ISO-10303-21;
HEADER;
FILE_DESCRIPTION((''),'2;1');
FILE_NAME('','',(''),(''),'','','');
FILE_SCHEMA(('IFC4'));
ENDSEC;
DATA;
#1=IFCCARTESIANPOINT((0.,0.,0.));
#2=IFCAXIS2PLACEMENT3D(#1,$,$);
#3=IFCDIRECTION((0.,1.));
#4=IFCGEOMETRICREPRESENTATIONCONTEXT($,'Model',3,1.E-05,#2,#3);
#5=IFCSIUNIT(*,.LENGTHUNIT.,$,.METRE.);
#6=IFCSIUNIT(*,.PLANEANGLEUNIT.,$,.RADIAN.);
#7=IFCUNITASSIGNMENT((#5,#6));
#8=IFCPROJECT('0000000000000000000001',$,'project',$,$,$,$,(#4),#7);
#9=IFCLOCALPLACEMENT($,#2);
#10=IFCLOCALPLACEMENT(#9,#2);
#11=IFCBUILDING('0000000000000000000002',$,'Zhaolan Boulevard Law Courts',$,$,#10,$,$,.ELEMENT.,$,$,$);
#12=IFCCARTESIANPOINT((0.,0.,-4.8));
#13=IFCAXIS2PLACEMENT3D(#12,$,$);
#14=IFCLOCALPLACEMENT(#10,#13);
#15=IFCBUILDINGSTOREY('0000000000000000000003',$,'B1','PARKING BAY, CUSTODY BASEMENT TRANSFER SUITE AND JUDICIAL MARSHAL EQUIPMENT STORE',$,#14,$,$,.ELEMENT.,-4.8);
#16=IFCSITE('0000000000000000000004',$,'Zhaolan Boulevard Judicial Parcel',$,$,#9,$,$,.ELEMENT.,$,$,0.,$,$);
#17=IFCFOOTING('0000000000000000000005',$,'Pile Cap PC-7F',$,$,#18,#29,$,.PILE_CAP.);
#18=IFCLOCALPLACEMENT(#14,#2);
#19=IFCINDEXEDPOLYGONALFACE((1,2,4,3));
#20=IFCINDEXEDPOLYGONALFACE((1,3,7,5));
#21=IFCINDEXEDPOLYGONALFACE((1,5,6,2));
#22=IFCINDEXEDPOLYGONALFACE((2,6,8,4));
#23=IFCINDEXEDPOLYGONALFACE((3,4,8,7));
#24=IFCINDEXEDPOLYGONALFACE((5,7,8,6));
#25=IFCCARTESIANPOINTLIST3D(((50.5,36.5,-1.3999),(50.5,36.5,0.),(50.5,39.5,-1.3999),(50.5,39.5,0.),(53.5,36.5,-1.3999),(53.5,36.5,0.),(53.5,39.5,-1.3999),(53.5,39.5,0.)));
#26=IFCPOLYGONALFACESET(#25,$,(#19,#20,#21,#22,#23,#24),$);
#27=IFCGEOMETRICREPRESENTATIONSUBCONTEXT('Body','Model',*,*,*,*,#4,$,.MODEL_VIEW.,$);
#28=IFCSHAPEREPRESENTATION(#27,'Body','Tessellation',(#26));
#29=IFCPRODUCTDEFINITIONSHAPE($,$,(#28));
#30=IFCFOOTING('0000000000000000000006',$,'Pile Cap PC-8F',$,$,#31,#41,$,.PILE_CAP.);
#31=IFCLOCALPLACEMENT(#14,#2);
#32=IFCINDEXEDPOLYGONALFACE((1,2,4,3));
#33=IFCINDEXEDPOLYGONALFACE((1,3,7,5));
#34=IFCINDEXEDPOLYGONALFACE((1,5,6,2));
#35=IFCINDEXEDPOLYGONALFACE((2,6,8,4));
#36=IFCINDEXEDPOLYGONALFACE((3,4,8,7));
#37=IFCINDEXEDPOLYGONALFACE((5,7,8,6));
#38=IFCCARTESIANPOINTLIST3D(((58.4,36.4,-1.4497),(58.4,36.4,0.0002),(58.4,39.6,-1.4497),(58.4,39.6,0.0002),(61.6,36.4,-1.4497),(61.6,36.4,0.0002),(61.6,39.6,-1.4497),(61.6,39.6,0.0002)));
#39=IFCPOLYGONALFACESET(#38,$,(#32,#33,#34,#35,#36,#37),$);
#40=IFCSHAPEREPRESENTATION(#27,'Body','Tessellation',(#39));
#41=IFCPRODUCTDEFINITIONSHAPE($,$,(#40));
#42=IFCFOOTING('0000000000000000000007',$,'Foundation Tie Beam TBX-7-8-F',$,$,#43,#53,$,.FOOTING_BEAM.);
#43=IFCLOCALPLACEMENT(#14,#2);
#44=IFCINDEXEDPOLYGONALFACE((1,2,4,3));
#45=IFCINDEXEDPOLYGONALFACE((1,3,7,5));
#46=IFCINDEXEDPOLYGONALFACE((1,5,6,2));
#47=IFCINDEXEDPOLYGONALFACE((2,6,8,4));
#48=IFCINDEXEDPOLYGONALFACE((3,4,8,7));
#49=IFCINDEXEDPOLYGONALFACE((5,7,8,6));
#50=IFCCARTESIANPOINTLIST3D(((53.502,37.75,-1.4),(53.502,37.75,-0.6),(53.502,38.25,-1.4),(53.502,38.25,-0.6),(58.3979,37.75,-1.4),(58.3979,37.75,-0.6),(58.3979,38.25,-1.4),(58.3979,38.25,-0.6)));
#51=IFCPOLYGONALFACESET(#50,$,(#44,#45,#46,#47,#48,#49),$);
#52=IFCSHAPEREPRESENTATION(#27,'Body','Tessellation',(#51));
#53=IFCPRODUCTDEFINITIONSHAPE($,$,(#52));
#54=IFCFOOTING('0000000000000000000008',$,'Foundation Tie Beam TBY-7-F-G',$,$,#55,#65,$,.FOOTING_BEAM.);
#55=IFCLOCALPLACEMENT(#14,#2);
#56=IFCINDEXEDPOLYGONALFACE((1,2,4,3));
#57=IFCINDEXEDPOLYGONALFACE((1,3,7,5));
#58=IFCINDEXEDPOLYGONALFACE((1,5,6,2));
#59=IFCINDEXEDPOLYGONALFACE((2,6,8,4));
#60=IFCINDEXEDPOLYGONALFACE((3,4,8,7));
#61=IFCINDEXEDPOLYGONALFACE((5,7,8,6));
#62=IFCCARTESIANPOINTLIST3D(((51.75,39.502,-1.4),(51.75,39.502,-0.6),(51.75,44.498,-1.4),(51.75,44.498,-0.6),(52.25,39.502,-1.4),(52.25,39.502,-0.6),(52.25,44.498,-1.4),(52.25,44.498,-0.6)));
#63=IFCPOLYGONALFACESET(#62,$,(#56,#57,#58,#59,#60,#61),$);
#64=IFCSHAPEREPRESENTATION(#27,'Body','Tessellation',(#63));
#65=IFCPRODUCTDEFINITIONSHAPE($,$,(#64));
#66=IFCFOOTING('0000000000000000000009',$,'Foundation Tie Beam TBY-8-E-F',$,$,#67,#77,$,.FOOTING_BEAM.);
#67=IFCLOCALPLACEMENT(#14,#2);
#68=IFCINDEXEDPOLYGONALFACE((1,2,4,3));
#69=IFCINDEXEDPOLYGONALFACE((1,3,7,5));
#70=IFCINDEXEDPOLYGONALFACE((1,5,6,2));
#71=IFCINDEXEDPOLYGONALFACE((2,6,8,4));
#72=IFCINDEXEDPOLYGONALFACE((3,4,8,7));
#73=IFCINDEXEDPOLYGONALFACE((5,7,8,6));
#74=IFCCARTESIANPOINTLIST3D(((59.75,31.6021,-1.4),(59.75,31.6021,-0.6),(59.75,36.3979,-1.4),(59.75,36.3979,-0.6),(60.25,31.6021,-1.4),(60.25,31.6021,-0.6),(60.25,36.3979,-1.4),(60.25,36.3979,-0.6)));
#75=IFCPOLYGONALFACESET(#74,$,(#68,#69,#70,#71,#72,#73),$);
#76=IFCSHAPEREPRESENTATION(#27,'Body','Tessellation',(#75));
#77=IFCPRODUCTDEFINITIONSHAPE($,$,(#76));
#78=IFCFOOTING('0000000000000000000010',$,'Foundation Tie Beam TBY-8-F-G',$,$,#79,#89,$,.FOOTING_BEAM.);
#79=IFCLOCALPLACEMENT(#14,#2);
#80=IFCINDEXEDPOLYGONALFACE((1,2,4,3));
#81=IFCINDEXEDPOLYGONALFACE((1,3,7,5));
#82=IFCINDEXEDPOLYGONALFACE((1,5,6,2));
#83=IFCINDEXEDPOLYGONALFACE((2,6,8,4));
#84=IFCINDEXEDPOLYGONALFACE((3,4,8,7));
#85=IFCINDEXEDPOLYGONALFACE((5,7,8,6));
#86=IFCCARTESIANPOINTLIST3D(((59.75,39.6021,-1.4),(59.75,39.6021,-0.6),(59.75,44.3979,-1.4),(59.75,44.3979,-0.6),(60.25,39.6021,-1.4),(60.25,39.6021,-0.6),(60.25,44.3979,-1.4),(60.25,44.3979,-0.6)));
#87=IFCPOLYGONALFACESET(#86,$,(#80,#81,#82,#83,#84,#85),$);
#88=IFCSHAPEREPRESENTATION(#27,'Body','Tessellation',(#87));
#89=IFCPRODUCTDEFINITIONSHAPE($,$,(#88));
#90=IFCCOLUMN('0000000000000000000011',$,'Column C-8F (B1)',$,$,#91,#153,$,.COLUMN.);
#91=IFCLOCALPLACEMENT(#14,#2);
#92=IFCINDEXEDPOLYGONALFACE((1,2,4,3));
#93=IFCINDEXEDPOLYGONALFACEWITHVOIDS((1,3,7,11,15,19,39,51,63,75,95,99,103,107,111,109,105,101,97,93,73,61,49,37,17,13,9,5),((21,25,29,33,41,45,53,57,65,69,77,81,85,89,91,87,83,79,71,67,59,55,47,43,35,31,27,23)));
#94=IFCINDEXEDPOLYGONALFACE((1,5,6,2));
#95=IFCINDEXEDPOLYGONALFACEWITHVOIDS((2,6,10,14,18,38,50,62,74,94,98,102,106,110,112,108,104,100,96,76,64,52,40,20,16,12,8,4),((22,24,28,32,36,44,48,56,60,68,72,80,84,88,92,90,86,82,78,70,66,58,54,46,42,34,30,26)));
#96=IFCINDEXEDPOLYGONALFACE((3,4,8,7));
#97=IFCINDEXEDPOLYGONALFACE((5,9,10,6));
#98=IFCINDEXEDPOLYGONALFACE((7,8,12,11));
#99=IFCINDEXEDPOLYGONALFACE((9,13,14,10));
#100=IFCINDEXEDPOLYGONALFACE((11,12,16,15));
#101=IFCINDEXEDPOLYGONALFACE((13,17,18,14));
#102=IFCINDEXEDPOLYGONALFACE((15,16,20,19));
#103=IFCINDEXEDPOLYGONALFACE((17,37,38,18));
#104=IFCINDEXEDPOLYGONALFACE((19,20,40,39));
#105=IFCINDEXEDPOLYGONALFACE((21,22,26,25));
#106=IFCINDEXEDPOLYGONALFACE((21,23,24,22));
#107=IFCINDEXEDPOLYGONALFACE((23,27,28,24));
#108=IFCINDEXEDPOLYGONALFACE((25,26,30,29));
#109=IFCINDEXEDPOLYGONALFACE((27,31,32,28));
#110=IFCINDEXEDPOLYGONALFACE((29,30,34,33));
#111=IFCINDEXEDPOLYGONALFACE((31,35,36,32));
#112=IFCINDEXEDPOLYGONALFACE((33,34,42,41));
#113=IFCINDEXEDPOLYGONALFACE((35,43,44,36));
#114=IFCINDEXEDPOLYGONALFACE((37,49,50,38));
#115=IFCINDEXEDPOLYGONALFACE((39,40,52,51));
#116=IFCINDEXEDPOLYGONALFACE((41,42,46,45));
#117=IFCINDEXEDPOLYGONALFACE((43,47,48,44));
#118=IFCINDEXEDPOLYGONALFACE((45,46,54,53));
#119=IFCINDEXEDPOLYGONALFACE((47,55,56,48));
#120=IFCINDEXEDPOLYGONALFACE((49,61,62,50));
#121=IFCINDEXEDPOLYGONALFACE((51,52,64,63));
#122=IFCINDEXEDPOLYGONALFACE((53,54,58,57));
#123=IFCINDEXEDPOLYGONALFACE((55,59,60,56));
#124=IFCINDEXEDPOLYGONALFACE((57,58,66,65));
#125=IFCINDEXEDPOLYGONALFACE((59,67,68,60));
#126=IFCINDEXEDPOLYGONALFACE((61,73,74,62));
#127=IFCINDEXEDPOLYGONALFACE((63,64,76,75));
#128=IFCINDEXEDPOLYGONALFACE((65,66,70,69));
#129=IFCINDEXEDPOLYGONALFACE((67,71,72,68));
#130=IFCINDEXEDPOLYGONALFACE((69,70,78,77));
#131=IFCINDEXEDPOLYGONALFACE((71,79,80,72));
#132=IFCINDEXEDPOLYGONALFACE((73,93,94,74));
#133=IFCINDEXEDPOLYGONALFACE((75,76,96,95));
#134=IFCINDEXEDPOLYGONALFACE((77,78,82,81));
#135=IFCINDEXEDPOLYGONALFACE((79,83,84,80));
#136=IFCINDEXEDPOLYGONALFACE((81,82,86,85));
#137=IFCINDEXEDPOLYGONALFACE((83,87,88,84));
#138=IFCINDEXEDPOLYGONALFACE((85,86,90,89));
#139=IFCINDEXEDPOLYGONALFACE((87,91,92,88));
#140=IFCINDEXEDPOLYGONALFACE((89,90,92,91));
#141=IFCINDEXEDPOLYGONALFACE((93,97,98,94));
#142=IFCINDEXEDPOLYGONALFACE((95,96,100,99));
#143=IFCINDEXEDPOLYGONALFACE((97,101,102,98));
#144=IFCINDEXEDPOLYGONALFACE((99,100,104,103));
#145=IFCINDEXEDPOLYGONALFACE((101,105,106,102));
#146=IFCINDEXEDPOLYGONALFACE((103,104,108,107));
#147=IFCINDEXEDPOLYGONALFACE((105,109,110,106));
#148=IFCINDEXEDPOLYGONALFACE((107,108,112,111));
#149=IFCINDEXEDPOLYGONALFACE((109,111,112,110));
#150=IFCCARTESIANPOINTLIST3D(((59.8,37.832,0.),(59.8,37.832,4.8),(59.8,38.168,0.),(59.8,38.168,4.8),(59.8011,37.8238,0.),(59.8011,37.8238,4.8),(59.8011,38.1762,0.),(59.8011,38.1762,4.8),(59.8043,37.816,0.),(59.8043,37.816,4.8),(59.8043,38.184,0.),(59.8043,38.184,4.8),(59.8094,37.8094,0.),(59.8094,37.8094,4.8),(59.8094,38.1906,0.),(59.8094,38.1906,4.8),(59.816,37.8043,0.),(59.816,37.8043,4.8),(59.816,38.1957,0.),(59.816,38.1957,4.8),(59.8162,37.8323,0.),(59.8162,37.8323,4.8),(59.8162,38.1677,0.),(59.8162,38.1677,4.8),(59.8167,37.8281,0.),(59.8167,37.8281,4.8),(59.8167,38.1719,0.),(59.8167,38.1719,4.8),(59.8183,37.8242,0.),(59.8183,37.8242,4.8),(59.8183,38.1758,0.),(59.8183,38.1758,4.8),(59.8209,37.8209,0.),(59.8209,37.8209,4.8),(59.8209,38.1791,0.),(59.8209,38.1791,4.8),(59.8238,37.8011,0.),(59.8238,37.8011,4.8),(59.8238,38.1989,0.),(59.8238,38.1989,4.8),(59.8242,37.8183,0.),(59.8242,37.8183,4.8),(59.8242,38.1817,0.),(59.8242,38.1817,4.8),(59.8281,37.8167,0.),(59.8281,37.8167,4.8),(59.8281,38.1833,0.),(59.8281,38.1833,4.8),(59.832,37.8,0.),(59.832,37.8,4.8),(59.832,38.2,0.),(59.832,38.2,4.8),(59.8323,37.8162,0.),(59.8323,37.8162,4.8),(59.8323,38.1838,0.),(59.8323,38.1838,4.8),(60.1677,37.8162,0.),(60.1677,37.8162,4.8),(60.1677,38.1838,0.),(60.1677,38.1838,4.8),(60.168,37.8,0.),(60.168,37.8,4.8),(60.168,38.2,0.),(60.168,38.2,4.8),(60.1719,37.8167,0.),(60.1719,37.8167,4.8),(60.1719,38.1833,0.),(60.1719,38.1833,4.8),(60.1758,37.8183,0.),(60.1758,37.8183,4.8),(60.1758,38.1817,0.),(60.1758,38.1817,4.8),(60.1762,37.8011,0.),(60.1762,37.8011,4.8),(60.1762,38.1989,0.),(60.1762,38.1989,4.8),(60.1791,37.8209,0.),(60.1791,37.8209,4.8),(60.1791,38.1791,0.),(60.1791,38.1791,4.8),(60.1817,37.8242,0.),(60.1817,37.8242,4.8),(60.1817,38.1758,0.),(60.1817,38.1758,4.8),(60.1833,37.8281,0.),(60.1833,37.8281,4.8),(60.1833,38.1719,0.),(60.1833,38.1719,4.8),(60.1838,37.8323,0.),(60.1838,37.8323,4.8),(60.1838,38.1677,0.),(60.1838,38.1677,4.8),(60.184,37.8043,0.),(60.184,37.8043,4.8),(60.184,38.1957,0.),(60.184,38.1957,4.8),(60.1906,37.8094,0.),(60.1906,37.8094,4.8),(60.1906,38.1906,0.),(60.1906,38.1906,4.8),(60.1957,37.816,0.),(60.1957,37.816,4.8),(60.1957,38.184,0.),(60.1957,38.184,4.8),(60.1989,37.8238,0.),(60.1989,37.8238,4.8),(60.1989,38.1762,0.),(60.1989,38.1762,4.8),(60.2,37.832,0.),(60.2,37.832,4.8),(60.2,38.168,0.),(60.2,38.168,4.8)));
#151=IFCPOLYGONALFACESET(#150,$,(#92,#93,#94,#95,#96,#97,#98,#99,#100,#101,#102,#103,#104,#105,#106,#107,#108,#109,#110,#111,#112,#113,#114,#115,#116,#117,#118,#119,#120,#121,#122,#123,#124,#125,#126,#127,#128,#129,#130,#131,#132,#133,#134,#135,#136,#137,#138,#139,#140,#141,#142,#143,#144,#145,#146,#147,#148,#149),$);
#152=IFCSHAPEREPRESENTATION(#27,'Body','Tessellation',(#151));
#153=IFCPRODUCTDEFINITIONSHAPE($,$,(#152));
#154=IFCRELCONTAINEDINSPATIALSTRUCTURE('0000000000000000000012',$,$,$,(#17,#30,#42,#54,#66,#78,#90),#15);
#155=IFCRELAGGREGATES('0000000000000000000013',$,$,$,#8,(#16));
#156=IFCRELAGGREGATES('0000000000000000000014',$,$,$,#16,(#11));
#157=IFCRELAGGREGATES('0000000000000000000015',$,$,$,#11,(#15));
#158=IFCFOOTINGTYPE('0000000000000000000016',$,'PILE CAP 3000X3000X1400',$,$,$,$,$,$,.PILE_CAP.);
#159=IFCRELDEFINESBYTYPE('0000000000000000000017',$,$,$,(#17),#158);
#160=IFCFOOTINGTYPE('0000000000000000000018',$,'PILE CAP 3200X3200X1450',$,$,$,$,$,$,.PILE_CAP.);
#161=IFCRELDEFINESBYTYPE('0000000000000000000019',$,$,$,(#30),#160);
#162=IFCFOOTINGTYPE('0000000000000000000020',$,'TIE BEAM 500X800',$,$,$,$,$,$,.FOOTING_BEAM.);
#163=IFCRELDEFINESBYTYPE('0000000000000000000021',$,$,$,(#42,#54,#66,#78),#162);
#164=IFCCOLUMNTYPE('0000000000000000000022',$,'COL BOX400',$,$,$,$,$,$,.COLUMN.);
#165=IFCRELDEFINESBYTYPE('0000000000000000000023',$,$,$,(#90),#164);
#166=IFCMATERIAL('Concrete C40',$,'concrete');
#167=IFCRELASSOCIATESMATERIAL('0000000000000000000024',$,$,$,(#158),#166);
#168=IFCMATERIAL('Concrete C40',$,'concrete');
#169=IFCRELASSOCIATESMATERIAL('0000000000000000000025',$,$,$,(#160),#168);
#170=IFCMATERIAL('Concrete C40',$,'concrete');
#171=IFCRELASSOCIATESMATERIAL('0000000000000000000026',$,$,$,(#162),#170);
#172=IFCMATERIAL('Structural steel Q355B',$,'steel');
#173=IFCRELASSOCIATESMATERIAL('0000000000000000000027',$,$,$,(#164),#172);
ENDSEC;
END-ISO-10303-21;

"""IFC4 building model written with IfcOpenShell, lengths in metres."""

from ifc_helpers import new_model, si_unit, direction, frame, origin, origin_2d, place, context, subcontext, project, spatial, rectangle, hollow_rectangle, extrude, material, material_profile, profile_set, type_object, element, save


model = new_model("IFC4")

# Units and contexts
model_context = context("Model", 3, precision=1e-05, world=origin(), true_north=direction((0.0, 1.0)))
body_context = subcontext(model_context, "Body", "Model", "MODEL_VIEW")
ifc_project = project(units=[si_unit("LENGTHUNIT", "METRE"), si_unit("PLANEANGLEUNIT", "RADIAN")], contexts=[model_context])

# Site, building, storey
site_placement = place(None, origin())
site = spatial("IfcSite", under=ifc_project, at=site_placement, Name="Zhaolan Boulevard Judicial Parcel", CompositionType="ELEMENT", RefElevation=0.0)
building_placement = place(site_placement, origin())
building = spatial("IfcBuilding", under=site, at=building_placement, Name="Zhaolan Boulevard Law Courts", CompositionType="ELEMENT")
storey_placement = place(building_placement, frame((0.0, 0.0, -4.8)))
storey = spatial("IfcBuildingStorey", under=building, at=storey_placement, Name="B1", Description="PARKING BAY, CUSTODY BASEMENT TRANSFER SUITE AND JUDICIAL MARSHAL EQUIPMENT STORE", CompositionType="ELEMENT", Elevation=-4.8)

# Footings
ifc_material_1 = material(Name="Concrete C40", Category="concrete")
footing_type_1 = type_object("IfcFootingType", Name="PILE CAP 3000X3000X1400", PredefinedType="PILE_CAP", material=ifc_material_1)
footing_1_placement = place(storey_placement, frame((52.0, 38.0, -1.3999), z_axis=(0.0, 0.0, 1.0), x_axis=(1.0, 0.0, 0.0)))
element("IfcFooting", 1, at=footing_1_placement, inside=storey, type_object=footing_type_1, Name="Pile Cap PC-7F", PredefinedType="PILE_CAP", context=body_context, shape_type="SweptSolid", body=[
    extrude(rectangle(XDim=3.0, YDim=3.0, at=origin_2d()), origin(), (0.0, 0.0, 1.0), 1.3999),
])
ifc_material_2 = material(Name="Concrete C40", Category="concrete")
footing_type_2 = type_object("IfcFootingType", Name="PILE CAP 3200X3200X1450", PredefinedType="PILE_CAP", material=ifc_material_2)
footing_2_placement = place(storey_placement, frame((60.0, 38.0, -1.4497), z_axis=(0.0, 0.0, 1.0), x_axis=(1.0, 0.0, 0.0)))
element("IfcFooting", 2, at=footing_2_placement, inside=storey, type_object=footing_type_2, Name="Pile Cap PC-8F", PredefinedType="PILE_CAP", context=body_context, shape_type="SweptSolid", body=[
    extrude(rectangle(XDim=3.2, YDim=3.2, at=origin_2d()), origin(), (0.0, 0.0, 1.0), 1.45),
])
ifc_material_3 = material(Name="Concrete C40", Category="concrete")
ifc_material_profile_1 = material_profile(ifc_material_3, rectangle(XDim=0.5, YDim=0.8, at=origin_2d()), Name="RC500x800")
ifc_profile_set_1 = profile_set([ifc_material_profile_1], Name="Concrete C40")
footing_type_3 = type_object("IfcFootingType", Name="TIE BEAM 500X800", PredefinedType="FOOTING_BEAM", material=ifc_profile_set_1)
footing_3_placement = place(storey_placement, frame((53.502, 38.0, -1.0), z_axis=(1.0, 0.0, 0.0), x_axis=(0.0, 1.0, 0.0)))
element("IfcFooting", 3, at=footing_3_placement, inside=storey, type_object=footing_type_3, Name="Foundation Tie Beam TBX-7-8-F", PredefinedType="FOOTING_BEAM", context=body_context, shape_type="SweptSolid", body=[
    extrude(rectangle(XDim=0.5, YDim=0.8, at=origin_2d()), origin(), (0.0, 0.0, 1.0), 4.896),
])
footing_4_placement = place(storey_placement, frame((52.0, 39.502, -1.0), z_axis=(0.0, 1.0, 0.0), x_axis=(-1.0, 0.0, 0.0)))
element("IfcFooting", 4, at=footing_4_placement, inside=storey, type_object=footing_type_3, Name="Foundation Tie Beam TBY-7-F-G", PredefinedType="FOOTING_BEAM", context=body_context, shape_type="SweptSolid", body=[
    extrude(rectangle(XDim=0.5, YDim=0.8, at=origin_2d()), origin(), (0.0, 0.0, 1.0), 4.9961),
])
for number, where, z_axis, x_axis, name in (
    (5, (60.0, 31.6021, -1.0), (0.0, 1.0, 0.0), (-1.0, 0.0, 0.0), "Foundation Tie Beam TBY-8-E-F"),
    (6, (60.0, 39.6021, -1.0), (0.0, 1.0, 0.0), (-1.0, 0.0, 0.0), "Foundation Tie Beam TBY-8-F-G"),
):
    element("IfcFooting", number, at=place(storey_placement, frame(where, z_axis=z_axis, x_axis=x_axis)), inside=storey, type_object=footing_type_3, Name=name, PredefinedType="FOOTING_BEAM", context=body_context, shape_type="SweptSolid", body=[
        extrude(rectangle(XDim=0.5, YDim=0.8, at=origin_2d()), origin(), (0.0, 0.0, 1.0), 4.7959),
    ])

# Column
ifc_material_4 = material(Name="Structural steel Q355B", Category="steel")
ifc_material_profile_2 = material_profile(ifc_material_4, hollow_rectangle(XDim=0.3999, YDim=0.3999, WallThickness=0.0161, InnerFilletRadius=0.0161, OuterFilletRadius=0.032, at=origin_2d()), Name="BOX400x400x16")
ifc_profile_set_2 = profile_set([ifc_material_profile_2], Name="Structural steel Q355B")
column_type_1 = type_object("IfcColumnType", Name="COL BOX400", PredefinedType="COLUMN", material=ifc_profile_set_2)
column_1_placement = place(storey_placement, frame((60.0, 38.0, 0.0), z_axis=(0.0, 0.0, 1.0), x_axis=(1.0, 0.0, 0.0)))
element("IfcColumn", 7, at=column_1_placement, inside=storey, type_object=column_type_1, Name="Column C-8F (B1)", PredefinedType="COLUMN", context=body_context, shape_type="SweptSolid", body=[
    extrude(hollow_rectangle(XDim=0.3999, YDim=0.3999, WallThickness=0.0161, InnerFilletRadius=0.0161, OuterFilletRadius=0.032, at=origin_2d()), origin(), (0.0, 0.0, 1.0), 4.8),
])

save(model, "model.ifc")
